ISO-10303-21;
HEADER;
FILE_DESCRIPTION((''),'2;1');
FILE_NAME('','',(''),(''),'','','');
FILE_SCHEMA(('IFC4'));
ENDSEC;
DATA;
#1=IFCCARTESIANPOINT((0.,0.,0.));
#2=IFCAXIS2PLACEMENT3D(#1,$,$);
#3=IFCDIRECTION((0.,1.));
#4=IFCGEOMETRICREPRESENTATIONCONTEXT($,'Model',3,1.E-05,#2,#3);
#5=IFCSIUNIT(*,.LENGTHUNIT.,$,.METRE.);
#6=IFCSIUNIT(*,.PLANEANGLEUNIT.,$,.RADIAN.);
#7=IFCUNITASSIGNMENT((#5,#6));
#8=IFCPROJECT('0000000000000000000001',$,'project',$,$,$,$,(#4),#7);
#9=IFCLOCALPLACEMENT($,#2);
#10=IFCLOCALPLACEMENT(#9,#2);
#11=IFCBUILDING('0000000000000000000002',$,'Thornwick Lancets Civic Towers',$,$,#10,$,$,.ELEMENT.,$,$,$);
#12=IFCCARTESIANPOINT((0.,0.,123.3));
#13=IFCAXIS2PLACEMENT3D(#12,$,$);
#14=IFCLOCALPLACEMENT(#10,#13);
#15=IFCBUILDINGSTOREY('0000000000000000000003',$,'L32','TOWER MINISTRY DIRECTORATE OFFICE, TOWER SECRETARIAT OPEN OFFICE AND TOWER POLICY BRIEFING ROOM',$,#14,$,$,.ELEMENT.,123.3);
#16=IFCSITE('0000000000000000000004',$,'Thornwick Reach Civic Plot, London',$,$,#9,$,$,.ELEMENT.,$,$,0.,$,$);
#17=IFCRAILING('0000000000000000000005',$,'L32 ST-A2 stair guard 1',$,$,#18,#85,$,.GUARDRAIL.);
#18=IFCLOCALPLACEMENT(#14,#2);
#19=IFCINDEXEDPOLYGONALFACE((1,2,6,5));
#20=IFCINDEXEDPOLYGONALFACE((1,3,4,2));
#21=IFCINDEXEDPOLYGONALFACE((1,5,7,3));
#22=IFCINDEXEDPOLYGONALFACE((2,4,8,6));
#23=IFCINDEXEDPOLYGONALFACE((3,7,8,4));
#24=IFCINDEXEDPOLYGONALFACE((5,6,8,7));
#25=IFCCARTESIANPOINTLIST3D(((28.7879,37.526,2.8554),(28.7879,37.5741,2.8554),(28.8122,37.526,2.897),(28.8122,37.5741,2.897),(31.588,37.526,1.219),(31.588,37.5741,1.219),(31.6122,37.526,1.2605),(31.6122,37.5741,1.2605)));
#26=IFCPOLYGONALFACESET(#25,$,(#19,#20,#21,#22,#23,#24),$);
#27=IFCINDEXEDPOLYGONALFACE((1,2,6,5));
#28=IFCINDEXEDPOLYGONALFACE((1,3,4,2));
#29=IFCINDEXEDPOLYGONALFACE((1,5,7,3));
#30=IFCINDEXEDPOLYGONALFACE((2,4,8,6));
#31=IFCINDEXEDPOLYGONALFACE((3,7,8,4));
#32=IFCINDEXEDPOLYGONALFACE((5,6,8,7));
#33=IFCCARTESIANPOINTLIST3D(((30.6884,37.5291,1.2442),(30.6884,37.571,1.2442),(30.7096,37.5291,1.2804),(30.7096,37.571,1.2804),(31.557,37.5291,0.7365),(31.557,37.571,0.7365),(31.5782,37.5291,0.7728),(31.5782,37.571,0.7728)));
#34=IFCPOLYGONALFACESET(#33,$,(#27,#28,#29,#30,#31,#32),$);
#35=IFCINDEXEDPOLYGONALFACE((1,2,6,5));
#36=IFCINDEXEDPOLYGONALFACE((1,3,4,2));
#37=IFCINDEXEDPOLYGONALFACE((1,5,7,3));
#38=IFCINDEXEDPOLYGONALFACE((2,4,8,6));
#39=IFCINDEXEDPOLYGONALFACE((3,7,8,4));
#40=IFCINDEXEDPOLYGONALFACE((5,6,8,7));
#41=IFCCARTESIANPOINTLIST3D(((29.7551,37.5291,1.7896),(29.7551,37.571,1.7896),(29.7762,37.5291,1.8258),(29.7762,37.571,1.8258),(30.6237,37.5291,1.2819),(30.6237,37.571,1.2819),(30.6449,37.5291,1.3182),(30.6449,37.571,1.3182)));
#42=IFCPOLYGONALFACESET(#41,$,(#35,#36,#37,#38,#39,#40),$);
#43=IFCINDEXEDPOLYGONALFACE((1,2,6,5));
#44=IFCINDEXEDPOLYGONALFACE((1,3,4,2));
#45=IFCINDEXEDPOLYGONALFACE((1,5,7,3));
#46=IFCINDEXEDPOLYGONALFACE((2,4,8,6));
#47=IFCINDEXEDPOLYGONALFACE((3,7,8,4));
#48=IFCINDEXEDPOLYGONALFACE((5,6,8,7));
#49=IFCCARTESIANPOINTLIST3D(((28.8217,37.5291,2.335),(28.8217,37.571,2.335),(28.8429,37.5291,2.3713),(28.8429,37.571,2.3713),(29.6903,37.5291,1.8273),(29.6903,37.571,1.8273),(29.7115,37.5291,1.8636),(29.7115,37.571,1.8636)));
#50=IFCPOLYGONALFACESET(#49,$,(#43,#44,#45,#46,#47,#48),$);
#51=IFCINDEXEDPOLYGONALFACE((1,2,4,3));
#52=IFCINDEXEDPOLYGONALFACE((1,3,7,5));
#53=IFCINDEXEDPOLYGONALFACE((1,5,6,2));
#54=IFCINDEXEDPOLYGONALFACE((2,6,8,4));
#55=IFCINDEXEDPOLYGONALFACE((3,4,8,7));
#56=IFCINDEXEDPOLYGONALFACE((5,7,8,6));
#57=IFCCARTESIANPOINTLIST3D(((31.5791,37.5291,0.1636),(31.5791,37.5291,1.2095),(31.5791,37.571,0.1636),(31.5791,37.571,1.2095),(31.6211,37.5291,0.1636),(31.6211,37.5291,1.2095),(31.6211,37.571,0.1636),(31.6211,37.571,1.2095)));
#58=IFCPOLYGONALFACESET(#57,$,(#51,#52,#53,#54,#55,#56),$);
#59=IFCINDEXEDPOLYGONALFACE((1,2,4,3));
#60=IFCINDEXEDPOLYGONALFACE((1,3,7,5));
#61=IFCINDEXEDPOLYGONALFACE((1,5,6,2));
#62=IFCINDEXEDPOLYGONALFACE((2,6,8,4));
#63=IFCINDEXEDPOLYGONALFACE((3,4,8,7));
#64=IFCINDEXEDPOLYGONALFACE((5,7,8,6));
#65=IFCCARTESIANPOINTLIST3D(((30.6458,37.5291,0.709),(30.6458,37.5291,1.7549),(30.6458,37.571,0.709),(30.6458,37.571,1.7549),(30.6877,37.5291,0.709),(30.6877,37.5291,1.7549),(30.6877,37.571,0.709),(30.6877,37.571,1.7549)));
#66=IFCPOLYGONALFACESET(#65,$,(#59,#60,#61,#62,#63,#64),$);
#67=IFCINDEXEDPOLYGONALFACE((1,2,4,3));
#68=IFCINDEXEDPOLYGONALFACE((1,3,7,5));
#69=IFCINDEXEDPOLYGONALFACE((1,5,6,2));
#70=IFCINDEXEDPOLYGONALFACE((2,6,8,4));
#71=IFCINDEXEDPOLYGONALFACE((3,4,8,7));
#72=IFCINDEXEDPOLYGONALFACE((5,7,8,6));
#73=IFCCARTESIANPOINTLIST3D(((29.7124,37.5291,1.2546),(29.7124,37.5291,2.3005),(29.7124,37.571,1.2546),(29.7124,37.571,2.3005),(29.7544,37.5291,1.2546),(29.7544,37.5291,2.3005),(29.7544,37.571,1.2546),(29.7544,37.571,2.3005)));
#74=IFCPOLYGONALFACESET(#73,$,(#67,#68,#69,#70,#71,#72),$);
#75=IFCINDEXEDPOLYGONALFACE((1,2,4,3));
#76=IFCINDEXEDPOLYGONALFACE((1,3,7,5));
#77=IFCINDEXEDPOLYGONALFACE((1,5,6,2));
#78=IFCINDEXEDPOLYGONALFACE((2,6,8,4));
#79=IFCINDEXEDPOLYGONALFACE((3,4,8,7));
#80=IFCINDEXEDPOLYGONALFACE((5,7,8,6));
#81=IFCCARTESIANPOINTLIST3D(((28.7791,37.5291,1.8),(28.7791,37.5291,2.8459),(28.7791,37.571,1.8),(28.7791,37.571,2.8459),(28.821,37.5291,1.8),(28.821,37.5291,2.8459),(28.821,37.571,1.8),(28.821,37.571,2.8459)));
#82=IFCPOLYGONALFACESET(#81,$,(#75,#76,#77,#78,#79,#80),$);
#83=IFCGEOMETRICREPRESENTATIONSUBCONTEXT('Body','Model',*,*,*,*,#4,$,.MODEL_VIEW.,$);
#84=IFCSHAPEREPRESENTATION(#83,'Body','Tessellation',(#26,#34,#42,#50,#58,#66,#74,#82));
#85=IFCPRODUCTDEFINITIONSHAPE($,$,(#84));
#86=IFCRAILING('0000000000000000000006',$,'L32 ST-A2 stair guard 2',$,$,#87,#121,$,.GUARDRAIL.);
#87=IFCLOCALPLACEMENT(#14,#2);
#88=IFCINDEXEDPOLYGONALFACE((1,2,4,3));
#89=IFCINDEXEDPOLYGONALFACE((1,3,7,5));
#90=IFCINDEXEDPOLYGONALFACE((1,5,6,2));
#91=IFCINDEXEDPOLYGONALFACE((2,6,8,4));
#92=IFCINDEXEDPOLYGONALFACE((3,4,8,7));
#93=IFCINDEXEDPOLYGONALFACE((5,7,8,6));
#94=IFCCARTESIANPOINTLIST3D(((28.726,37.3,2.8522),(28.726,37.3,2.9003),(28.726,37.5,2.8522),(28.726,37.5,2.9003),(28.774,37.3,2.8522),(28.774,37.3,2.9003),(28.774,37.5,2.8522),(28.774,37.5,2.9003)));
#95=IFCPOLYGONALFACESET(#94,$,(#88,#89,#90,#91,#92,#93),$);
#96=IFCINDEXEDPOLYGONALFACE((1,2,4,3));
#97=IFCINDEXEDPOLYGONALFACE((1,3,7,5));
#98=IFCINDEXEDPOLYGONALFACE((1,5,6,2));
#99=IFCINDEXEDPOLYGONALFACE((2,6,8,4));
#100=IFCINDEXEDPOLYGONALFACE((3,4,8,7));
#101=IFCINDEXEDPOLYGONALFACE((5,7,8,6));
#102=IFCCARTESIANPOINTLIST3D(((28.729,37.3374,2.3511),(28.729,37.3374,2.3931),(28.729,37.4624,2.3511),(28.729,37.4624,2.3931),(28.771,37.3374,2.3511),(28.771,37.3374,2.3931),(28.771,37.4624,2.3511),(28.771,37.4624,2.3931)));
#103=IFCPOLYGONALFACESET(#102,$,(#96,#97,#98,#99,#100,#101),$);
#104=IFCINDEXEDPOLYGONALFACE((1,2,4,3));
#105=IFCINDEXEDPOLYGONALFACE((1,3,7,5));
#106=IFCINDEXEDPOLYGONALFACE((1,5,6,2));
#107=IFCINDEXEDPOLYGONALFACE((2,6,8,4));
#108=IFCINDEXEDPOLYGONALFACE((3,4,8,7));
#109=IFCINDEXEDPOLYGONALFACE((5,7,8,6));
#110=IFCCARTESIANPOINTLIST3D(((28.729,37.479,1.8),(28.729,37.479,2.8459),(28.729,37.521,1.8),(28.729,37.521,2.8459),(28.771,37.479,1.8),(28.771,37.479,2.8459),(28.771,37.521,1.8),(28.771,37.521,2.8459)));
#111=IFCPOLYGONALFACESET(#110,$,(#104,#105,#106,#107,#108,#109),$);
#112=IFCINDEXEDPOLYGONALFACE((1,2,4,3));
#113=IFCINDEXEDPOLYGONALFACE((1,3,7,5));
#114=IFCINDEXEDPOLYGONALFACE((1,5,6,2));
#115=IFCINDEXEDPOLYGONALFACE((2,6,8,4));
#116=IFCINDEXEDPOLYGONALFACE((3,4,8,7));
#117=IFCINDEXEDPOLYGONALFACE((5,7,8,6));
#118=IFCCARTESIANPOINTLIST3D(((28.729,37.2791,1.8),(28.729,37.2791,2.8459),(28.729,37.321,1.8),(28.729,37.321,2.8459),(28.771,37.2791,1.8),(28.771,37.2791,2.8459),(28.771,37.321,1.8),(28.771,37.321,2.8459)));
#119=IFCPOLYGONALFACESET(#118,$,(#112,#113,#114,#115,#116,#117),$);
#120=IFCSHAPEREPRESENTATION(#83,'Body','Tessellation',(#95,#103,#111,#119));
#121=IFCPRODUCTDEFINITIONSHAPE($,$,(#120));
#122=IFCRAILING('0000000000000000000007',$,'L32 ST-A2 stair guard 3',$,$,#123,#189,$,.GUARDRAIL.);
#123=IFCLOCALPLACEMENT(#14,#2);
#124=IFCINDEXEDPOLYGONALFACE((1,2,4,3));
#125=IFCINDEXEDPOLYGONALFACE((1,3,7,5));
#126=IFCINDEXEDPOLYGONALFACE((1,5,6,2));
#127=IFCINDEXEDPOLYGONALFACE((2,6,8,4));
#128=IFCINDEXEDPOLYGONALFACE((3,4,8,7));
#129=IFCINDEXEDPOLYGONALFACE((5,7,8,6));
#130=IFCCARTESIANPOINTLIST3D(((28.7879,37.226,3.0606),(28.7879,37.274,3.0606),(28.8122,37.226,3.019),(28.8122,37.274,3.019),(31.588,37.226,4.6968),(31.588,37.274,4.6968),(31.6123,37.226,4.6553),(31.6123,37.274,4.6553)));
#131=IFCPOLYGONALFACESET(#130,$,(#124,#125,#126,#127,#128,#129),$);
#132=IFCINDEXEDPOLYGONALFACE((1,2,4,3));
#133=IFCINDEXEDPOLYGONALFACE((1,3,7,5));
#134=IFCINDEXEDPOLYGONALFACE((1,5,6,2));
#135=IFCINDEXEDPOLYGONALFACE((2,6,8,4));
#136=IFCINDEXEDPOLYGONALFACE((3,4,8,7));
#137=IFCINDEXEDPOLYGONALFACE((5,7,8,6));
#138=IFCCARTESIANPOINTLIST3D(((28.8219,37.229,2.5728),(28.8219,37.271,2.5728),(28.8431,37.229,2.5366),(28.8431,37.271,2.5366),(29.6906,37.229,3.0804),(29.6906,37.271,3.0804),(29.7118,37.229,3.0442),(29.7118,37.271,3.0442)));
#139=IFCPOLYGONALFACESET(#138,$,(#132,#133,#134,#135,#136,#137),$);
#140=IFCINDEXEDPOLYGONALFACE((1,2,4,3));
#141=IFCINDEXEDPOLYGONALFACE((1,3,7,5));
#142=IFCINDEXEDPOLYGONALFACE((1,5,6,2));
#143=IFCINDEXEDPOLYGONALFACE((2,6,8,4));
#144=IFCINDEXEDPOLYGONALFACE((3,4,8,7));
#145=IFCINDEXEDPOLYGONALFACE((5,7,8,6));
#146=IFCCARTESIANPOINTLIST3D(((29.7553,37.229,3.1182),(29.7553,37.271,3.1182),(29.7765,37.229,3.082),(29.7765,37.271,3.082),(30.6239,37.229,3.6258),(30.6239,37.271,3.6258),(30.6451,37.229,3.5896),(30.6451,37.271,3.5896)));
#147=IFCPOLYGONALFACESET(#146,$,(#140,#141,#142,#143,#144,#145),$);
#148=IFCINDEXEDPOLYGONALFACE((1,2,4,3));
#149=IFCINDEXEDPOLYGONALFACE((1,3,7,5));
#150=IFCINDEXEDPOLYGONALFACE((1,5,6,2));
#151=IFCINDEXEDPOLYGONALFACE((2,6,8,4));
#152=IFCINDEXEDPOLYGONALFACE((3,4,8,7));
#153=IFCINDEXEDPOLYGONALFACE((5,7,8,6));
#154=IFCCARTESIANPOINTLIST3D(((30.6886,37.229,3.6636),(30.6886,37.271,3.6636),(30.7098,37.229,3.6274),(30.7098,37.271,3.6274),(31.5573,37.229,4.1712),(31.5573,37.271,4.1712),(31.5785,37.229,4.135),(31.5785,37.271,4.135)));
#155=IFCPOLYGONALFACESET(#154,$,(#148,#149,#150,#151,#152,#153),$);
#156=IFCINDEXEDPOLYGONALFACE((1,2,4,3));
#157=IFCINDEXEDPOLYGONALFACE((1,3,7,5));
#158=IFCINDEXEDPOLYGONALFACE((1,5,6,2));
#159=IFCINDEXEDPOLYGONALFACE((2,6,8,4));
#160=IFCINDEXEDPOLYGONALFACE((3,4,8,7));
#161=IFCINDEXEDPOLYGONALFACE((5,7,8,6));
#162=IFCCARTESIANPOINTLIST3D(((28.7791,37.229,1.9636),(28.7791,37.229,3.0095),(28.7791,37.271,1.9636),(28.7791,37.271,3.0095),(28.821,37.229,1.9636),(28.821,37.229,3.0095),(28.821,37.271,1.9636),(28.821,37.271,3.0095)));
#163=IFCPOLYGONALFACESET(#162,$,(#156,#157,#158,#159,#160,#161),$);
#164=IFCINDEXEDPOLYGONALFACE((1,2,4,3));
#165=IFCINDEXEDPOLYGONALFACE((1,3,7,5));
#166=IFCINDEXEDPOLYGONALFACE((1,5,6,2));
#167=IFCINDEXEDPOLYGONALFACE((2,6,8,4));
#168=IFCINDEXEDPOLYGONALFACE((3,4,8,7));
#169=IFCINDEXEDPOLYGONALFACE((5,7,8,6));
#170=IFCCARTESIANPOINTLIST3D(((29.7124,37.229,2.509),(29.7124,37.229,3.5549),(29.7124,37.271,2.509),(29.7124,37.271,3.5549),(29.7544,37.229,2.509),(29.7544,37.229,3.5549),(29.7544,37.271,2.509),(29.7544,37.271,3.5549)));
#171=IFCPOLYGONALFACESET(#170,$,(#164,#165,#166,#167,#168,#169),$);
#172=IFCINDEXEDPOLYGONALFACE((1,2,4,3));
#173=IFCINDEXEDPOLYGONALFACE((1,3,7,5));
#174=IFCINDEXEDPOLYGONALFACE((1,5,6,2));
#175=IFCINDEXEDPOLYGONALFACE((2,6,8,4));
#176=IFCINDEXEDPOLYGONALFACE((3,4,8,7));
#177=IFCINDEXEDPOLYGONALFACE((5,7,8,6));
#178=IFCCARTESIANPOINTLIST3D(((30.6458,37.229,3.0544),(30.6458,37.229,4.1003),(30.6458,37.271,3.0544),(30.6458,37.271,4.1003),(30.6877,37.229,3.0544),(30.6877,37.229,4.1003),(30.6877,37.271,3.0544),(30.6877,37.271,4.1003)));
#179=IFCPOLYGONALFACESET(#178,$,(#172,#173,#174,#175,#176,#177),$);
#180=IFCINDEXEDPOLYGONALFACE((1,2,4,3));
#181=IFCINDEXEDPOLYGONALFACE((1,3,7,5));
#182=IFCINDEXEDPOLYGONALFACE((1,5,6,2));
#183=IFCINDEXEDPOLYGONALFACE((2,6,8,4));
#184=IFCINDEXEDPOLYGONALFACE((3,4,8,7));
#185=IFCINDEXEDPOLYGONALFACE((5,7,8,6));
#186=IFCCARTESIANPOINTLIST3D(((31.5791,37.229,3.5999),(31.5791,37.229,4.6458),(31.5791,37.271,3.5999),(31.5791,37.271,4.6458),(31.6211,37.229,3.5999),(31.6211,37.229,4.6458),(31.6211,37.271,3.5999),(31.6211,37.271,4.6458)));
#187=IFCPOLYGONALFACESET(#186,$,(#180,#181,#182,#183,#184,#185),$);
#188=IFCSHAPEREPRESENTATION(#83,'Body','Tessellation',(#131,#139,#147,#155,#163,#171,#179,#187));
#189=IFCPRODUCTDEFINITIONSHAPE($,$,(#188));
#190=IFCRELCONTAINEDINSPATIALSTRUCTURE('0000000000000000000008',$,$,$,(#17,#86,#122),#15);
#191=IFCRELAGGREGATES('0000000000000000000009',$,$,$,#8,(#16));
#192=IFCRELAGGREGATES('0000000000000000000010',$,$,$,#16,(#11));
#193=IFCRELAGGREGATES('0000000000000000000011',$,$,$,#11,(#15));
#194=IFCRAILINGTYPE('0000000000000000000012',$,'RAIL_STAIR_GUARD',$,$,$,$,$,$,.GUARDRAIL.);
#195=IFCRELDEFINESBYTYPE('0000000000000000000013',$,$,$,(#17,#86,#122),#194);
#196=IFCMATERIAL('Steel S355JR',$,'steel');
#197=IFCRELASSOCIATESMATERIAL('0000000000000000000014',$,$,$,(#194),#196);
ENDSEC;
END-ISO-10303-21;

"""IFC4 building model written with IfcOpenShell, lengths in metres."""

from ifc_helpers import new_model, si_unit, direction, frame, origin, origin_2d, place, context, subcontext, project, spatial, rectangle, extrude, material, type_object, element, save


model = new_model("IFC4")

# Units and contexts
model_context = context("Model", 3, precision=1e-05, world=origin(), true_north=direction((0.0, 1.0)))
body_context = subcontext(model_context, "Body", "Model", "MODEL_VIEW")
ifc_project = project(units=[si_unit("LENGTHUNIT", "METRE"), si_unit("PLANEANGLEUNIT", "RADIAN")], contexts=[model_context])

# Site, building, storey
site_placement = place(None, origin())
site = spatial("IfcSite", under=ifc_project, at=site_placement, Name="Thornwick Reach Civic Plot, London", CompositionType="ELEMENT", RefElevation=0.0)
building_placement = place(site_placement, origin())
building = spatial("IfcBuilding", under=site, at=building_placement, Name="Thornwick Lancets Civic Towers", CompositionType="ELEMENT")
storey_placement = place(building_placement, frame((0.0, 0.0, 123.3)))
storey = spatial("IfcBuildingStorey", under=building, at=storey_placement, Name="L32", Description="TOWER MINISTRY DIRECTORATE OFFICE, TOWER SECRETARIAT OPEN OFFICE AND TOWER POLICY BRIEFING ROOM", CompositionType="ELEMENT", Elevation=123.3)

# Shared definitions
ifc_material_1 = material(Name="Steel S355JR", Category="steel")

# Railings
railing_type_1 = type_object("IfcRailingType", Name="RAIL_STAIR_GUARD", PredefinedType="GUARDRAIL", material=ifc_material_1)
railing_1_placement = place(storey_placement, frame((31.6001, 37.55, 0.1636)))
element("IfcRailing", 1, at=railing_1_placement, inside=storey, type_object=railing_type_1, Name="L32 ST-A2 stair guard 1", PredefinedType="GUARDRAIL", context=body_context, shape_type="SweptSolid", body=[
    extrude(rectangle(XDim=0.0481, YDim=0.0481, at=origin_2d()), frame((0.0, 0.0, 1.0762), z_axis=(-0.863361, 0.0, 0.504587), x_axis=(0.0, -1.0, 0.0)), (0.0, 0.0, 1.0), 3.2432),
    extrude(rectangle(XDim=0.042, YDim=0.042, at=origin_2d()), frame((-0.0325, 0.0, 0.5911), z_axis=(-0.863361, 0.0, 0.504587), x_axis=(0.0, -1.0, 0.0)), (0.0, 0.0, 1.0), 1.0061),
    extrude(rectangle(XDim=0.042, YDim=0.042, at=origin_2d()), frame((-0.9658, 0.0, 1.1365), z_axis=(-0.863361, 0.0, 0.504587), x_axis=(0.0, -1.0, 0.0)), (0.0, 0.0, 1.0), 1.0061),
    extrude(rectangle(XDim=0.042, YDim=0.042, at=origin_2d()), frame((-1.8992, 0.0, 1.6819), z_axis=(-0.863361, 0.0, 0.504587), x_axis=(0.0, -1.0, 0.0)), (0.0, 0.0, 1.0), 1.0061),
    extrude(rectangle(XDim=0.042, YDim=0.042, at=origin_2d()), origin(), (0.0, 0.0, 1.0), 1.0459),
    extrude(rectangle(XDim=0.042, YDim=0.042, at=origin_2d()), frame((-0.9333, 0.0, 0.5454)), (0.0, 0.0, 1.0), 1.0459),
    extrude(rectangle(XDim=0.042, YDim=0.042, at=origin_2d()), frame((-1.8667, 0.0, 1.0911)), (0.0, 0.0, 1.0), 1.0459),
    extrude(rectangle(XDim=0.042, YDim=0.042, at=origin_2d()), frame((-2.8, 0.0, 1.6365)), (0.0, 0.0, 1.0), 1.0459),
])
railing_2_placement = place(storey_placement, frame((28.75, 37.5, 1.8)))
element("IfcRailing", 2, at=railing_2_placement, inside=storey, type_object=railing_type_1, Name="L32 ST-A2 stair guard 2", PredefinedType="GUARDRAIL", context=body_context, shape_type="SweptSolid", body=[
    extrude(rectangle(XDim=0.0481, YDim=0.0481, at=origin_2d()), frame((0.0, 0.0, 1.0762), z_axis=(0.0, -1.0, 0.0), x_axis=(1.0, 0.0, 0.0)), (0.0, 0.0, 1.0), 0.2),
    extrude(rectangle(XDim=0.042, YDim=0.042, at=origin_2d()), frame((0.0, -0.0376, 0.572), z_axis=(0.0, -1.0, 0.0), x_axis=(1.0, 0.0, 0.0)), (0.0, 0.0, 1.0), 0.125),
    extrude(rectangle(XDim=0.042, YDim=0.042, at=origin_2d()), origin(), (0.0, 0.0, 1.0), 1.0459),
    extrude(rectangle(XDim=0.042, YDim=0.042, at=origin_2d()), frame((0.0, -0.2, 0.0)), (0.0, 0.0, 1.0), 1.0459),
])
railing_3_placement = place(storey_placement, frame((28.8, 37.25, 1.9636)))
element("IfcRailing", 3, at=railing_3_placement, inside=storey, type_object=railing_type_1, Name="L32 ST-A2 stair guard 3", PredefinedType="GUARDRAIL", context=body_context, shape_type="SweptSolid", body=[
    extrude(rectangle(XDim=0.0481, YDim=0.0481, at=origin_2d()), frame((0.0, 0.0, 1.0762), z_axis=(0.863394, 0.0, 0.504531), x_axis=(0.0, 1.0, 0.0)), (0.0, 0.0, 1.0), 3.2432),
    extrude(rectangle(XDim=0.042, YDim=0.042, at=origin_2d()), frame((0.0325, 0.0, 0.5911), z_axis=(0.863394, 0.0, 0.504531), x_axis=(0.0, 1.0, 0.0)), (0.0, 0.0, 1.0), 1.0061),
    extrude(rectangle(XDim=0.042, YDim=0.042, at=origin_2d()), frame((0.9658, 0.0, 1.1365), z_axis=(0.863394, 0.0, 0.504531), x_axis=(0.0, 1.0, 0.0)), (0.0, 0.0, 1.0), 1.0061),
    extrude(rectangle(XDim=0.042, YDim=0.042, at=origin_2d()), frame((1.8992, 0.0, 1.6819), z_axis=(0.863394, 0.0, 0.504531), x_axis=(0.0, 1.0, 0.0)), (0.0, 0.0, 1.0), 1.0061),
    extrude(rectangle(XDim=0.042, YDim=0.042, at=origin_2d()), origin(), (0.0, 0.0, 1.0), 1.0459),
    extrude(rectangle(XDim=0.042, YDim=0.042, at=origin_2d()), frame((0.9333, 0.0, 0.5454)), (0.0, 0.0, 1.0), 1.0459),
    extrude(rectangle(XDim=0.042, YDim=0.042, at=origin_2d()), frame((1.8667, 0.0, 1.0908)), (0.0, 0.0, 1.0), 1.0459),
    extrude(rectangle(XDim=0.042, YDim=0.042, at=origin_2d()), frame((2.8, 0.0, 1.6362)), (0.0, 0.0, 1.0), 1.0459),
])

save(model, "model.ifc")
